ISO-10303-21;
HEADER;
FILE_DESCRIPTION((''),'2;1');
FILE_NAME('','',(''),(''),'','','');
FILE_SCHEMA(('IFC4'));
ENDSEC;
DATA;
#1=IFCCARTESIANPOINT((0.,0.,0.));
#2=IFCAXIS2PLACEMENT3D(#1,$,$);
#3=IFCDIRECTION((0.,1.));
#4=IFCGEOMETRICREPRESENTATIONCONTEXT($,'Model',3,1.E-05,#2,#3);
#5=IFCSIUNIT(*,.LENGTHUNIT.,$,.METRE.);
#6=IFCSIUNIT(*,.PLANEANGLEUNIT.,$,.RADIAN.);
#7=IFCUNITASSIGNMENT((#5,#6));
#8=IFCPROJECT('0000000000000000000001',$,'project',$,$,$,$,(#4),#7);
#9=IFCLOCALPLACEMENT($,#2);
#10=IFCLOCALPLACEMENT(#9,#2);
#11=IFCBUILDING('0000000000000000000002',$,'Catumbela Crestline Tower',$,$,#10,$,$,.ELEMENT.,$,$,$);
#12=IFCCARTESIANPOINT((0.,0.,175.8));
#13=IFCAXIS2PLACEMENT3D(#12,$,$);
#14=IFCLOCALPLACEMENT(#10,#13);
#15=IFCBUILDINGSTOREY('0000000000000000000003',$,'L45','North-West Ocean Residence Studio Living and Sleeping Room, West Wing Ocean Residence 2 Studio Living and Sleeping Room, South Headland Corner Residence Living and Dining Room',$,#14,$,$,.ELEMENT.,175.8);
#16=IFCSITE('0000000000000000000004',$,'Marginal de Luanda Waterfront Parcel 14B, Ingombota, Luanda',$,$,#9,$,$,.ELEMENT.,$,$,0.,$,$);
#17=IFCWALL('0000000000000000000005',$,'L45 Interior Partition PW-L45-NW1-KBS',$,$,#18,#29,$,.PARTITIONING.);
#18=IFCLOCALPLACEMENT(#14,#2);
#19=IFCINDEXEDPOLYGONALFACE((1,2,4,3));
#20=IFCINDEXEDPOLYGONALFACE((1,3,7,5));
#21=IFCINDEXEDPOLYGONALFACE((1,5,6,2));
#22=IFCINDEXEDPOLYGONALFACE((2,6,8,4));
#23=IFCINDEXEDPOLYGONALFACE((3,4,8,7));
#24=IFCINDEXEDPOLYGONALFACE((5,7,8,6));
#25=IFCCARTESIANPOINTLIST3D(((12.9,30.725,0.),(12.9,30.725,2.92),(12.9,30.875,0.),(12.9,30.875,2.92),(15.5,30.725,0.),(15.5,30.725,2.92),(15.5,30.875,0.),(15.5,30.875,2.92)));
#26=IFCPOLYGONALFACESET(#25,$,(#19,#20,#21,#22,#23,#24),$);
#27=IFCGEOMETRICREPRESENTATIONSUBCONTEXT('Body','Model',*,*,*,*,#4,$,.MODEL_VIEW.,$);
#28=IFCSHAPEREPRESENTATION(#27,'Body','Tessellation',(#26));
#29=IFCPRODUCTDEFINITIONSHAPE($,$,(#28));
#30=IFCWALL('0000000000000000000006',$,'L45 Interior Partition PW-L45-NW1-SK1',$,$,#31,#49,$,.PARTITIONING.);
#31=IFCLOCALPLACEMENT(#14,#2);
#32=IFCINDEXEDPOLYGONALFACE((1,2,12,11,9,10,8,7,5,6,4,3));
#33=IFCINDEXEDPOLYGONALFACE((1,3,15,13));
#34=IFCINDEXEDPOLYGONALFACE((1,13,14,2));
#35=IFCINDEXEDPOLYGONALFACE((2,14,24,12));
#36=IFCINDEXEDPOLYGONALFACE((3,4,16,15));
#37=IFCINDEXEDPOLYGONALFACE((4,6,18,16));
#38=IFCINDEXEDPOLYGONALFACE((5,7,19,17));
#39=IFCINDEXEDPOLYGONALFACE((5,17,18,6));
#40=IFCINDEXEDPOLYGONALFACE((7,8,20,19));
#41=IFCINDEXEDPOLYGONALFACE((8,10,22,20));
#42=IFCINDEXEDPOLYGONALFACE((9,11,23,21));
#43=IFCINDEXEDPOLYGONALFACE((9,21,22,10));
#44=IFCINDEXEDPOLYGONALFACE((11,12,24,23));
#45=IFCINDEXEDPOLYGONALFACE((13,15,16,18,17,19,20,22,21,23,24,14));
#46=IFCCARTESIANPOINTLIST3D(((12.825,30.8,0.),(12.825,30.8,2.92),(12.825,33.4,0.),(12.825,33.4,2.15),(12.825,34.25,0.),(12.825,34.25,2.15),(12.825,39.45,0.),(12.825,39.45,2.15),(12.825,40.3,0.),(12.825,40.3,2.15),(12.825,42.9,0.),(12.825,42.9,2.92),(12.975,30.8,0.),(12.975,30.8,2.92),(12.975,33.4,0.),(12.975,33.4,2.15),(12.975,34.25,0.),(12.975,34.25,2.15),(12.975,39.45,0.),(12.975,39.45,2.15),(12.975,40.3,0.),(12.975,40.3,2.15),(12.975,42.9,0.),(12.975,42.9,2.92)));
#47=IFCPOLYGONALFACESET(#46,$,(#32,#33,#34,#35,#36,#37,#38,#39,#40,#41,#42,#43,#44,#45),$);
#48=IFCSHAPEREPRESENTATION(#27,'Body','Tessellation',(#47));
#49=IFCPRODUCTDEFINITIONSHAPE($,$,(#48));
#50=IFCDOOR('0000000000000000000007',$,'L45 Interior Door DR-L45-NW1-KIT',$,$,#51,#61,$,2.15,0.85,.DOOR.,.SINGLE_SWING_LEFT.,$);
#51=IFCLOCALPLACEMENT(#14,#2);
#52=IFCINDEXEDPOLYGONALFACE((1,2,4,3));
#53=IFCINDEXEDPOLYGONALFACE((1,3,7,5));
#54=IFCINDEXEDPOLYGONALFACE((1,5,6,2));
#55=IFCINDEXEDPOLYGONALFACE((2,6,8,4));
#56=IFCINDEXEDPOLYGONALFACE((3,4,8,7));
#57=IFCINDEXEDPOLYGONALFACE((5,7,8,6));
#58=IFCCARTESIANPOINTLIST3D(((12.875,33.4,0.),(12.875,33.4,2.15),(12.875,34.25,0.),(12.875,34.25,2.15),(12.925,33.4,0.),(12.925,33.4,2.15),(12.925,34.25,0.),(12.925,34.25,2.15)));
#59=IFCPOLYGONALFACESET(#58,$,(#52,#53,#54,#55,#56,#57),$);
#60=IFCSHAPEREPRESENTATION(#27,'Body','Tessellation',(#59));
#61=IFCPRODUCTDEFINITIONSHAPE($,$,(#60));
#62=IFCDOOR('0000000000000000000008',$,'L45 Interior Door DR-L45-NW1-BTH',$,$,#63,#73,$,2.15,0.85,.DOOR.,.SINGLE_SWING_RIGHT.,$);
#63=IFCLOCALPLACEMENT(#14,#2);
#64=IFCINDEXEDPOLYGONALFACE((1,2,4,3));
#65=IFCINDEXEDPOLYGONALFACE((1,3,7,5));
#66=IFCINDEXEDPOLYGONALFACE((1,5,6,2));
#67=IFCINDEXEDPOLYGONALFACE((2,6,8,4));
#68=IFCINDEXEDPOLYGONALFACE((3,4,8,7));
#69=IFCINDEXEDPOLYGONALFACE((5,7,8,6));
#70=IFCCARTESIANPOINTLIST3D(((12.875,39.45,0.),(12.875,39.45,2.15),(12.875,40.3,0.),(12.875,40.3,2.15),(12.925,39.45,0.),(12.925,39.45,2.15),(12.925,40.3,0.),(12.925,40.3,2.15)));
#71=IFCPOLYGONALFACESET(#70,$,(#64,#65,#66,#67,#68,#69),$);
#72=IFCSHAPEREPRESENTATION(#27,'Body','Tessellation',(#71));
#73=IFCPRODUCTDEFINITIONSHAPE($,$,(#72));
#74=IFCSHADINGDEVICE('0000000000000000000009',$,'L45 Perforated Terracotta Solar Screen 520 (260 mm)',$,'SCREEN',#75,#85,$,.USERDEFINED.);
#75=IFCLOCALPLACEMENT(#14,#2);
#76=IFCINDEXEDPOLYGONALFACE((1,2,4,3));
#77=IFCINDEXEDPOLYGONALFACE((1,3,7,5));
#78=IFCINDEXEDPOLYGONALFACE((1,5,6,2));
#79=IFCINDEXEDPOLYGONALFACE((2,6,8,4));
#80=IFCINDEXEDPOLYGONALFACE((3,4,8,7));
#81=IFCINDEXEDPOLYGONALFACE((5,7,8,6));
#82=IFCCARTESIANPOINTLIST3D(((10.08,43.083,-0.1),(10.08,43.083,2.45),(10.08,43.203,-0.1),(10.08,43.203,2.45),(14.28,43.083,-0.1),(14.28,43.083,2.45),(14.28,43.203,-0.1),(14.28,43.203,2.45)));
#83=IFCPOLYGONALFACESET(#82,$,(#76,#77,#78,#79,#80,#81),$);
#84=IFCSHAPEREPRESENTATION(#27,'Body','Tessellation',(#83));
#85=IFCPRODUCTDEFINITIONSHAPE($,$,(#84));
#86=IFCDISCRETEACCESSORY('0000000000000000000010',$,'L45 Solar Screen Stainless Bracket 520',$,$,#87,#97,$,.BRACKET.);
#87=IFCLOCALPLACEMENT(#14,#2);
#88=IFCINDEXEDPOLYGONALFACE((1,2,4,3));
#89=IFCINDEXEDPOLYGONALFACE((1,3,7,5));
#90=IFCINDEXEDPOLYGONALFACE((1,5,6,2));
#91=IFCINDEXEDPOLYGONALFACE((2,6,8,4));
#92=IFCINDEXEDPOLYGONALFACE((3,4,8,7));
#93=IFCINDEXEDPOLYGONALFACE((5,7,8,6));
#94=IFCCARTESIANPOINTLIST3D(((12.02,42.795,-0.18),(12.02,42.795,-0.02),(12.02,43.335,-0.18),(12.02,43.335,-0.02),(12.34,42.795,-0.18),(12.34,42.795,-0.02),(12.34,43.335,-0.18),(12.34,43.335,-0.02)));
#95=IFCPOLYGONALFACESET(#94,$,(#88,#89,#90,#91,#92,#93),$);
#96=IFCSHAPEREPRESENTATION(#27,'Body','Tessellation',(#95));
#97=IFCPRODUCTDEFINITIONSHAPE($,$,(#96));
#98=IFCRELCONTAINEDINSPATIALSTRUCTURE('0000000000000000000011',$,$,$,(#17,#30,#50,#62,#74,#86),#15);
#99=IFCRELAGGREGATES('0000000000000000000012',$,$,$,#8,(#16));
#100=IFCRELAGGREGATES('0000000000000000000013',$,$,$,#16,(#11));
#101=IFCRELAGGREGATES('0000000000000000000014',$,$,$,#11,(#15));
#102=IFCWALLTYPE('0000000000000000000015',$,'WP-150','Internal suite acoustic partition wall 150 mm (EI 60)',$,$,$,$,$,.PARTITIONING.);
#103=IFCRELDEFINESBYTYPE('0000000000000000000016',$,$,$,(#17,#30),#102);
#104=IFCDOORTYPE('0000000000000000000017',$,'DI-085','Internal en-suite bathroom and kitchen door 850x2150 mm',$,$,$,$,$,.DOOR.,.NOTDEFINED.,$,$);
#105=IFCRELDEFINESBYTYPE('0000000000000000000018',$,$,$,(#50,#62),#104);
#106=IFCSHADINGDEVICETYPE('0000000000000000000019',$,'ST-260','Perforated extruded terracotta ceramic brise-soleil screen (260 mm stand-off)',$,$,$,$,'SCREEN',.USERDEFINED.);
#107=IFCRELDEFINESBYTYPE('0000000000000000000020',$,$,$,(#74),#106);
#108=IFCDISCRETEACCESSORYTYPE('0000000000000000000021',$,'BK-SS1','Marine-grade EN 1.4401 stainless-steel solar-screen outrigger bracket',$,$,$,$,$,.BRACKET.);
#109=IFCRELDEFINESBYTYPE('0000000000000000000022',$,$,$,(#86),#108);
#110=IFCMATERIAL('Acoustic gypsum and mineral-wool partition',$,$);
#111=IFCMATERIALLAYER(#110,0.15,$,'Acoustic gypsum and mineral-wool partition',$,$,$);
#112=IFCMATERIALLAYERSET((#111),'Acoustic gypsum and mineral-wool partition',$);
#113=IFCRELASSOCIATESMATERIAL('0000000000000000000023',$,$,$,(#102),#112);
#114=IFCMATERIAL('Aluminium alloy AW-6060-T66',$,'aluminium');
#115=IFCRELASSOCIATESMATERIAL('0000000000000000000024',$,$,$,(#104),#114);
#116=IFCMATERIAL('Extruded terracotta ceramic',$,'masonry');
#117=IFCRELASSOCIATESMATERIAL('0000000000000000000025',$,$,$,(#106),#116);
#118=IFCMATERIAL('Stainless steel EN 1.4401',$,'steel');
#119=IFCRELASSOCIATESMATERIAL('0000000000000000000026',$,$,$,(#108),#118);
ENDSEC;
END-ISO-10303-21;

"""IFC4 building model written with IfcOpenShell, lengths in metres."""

from ifc_helpers import new_model, si_unit, direction, frame, frame_2d, origin, origin_2d, place, context, subcontext, project, spatial, rectangle, extrude, material, layer, layer_set, type_object, element, fill, save


model = new_model("IFC4")

# Units and contexts
model_context = context("Model", 3, precision=1e-05, world=origin(), true_north=direction((0.0, 1.0)))
body_context = subcontext(model_context, "Body", "Model", "MODEL_VIEW")
ifc_project = project(units=[si_unit("LENGTHUNIT", "METRE"), si_unit("PLANEANGLEUNIT", "RADIAN")], contexts=[model_context])

# Site, building, storey
site_placement = place(None, origin())
site = spatial("IfcSite", under=ifc_project, at=site_placement, Name="Marginal de Luanda Waterfront Parcel 14B, Ingombota, Luanda", CompositionType="ELEMENT", RefElevation=0.0)
building_placement = place(site_placement, origin())
building = spatial("IfcBuilding", under=site, at=building_placement, Name="Catumbela Crestline Tower", CompositionType="ELEMENT")
storey_placement = place(building_placement, frame((0.0, 0.0, 175.8)))
storey = spatial("IfcBuildingStorey", under=building, at=storey_placement, Name="L45", Description="North-West Ocean Residence Studio Living and Sleeping Room, West Wing Ocean Residence 2 Studio Living and Sleeping Room, South Headland Corner Residence Living and Dining Room", CompositionType="ELEMENT", Elevation=175.8)

# Shared definitions
ifc_material_1 = material(Name="Aluminium alloy AW-6060-T66", Category="aluminium")

# Wall
ifc_material_2 = material(Name="Acoustic gypsum and mineral-wool partition")
ifc_layer_1 = layer(ifc_material_2, 0.15, Name="Acoustic gypsum and mineral-wool partition")
ifc_layer_set_1 = layer_set([ifc_layer_1], Name="Acoustic gypsum and mineral-wool partition")
wall_type_1 = type_object("IfcWallType", Name="WP-150", Description="Internal suite acoustic partition wall 150 mm (EI 60)", PredefinedType="PARTITIONING", material=ifc_layer_set_1)
wall_1_placement = place(storey_placement, frame((12.9, 30.8, 0.0), z_axis=(0.0, 0.0, 1.0), x_axis=(1.0, 0.0, 0.0)))
element("IfcWall", 1, at=wall_1_placement, inside=storey, type_object=wall_type_1, Name="L45 Interior Partition PW-L45-NW1-KBS", PredefinedType="PARTITIONING", context=body_context, shape_type="SweptSolid", body=[
    extrude(rectangle(XDim=2.6, YDim=0.15, at=frame_2d((1.3, 0.0))), origin(), (0.0, 0.0, 1.0), 2.92),
])

# Wall, openings, doors
wall_2_placement = place(storey_placement, frame((12.9, 30.8, 0.0), z_axis=(0.0, 0.0, 1.0), x_axis=(0.0, 1.0, 0.0)))
wall_2 = element("IfcWall", 2, at=wall_2_placement, inside=storey, type_object=wall_type_1, Name="L45 Interior Partition PW-L45-NW1-SK1", PredefinedType="PARTITIONING", context=body_context, shape_type="SweptSolid", body=[
    extrude(rectangle(XDim=12.1, YDim=0.15, at=frame_2d((6.05, 0.0))), origin(), (0.0, 0.0, 1.0), 2.92),
])
opening_1_placement = place(wall_2_placement, frame((2.6, 0.0, 0.0)))
opening_1 = element("IfcOpeningElement", 3, at=opening_1_placement, cuts=wall_2, PredefinedType="OPENING", context=body_context, shape_type="SweptSolid", body=[
    extrude(rectangle(XDim=0.85, YDim=2.15, at=frame_2d((0.425, 1.075))), frame((0.0, 0.085, 0.0), z_axis=(0.0, -1.0, 0.0), x_axis=(1.0, 0.0, 0.0)), (0.0, 0.0, 1.0), 0.17),
])
opening_2_placement = place(wall_2_placement, frame((8.65, 0.0, 0.0)))
opening_2 = element("IfcOpeningElement", 4, at=opening_2_placement, cuts=wall_2, PredefinedType="OPENING", context=body_context, shape_type="SweptSolid", body=[
    extrude(rectangle(XDim=0.85, YDim=2.15, at=frame_2d((0.425, 1.075))), frame((0.0, 0.085, 0.0), z_axis=(0.0, -1.0, 0.0), x_axis=(1.0, 0.0, 0.0)), (0.0, 0.0, 1.0), 0.17),
])
door_type_1 = type_object("IfcDoorType", Name="DI-085", Description="Internal en-suite bathroom and kitchen door 850x2150 mm", OperationType="NOTDEFINED", PredefinedType="DOOR", material=ifc_material_1)
door_1_placement = place(opening_1_placement, origin())
door_1 = element("IfcDoor", 5, at=door_1_placement, inside=storey, type_object=door_type_1, Name="L45 Interior Door DR-L45-NW1-KIT", OperationType="SINGLE_SWING_LEFT", OverallHeight=2.15, OverallWidth=0.85, PredefinedType="DOOR", context=body_context, shape_type="SweptSolid", body=[
    extrude(rectangle(XDim=0.85, YDim=2.15, at=frame_2d((0.425, 1.075))), frame((0.0, 0.025, 0.0), z_axis=(0.0, -1.0, 0.0), x_axis=(1.0, 0.0, 0.0)), (0.0, 0.0, 1.0), 0.05),
])
fill(opening_1, door_1)
door_2_placement = place(opening_2_placement, origin())
door_2 = element("IfcDoor", 6, at=door_2_placement, inside=storey, type_object=door_type_1, Name="L45 Interior Door DR-L45-NW1-BTH", OperationType="SINGLE_SWING_RIGHT", OverallHeight=2.15, OverallWidth=0.85, PredefinedType="DOOR", context=body_context, shape_type="SweptSolid", body=[
    extrude(rectangle(XDim=0.85, YDim=2.15, at=frame_2d((0.425, 1.075))), frame((0.0, 0.025, 0.0), z_axis=(0.0, -1.0, 0.0), x_axis=(1.0, 0.0, 0.0)), (0.0, 0.0, 1.0), 0.05),
])
fill(opening_2, door_2)

# Shared definitions
ifc_material_3 = material(Name="Stainless steel EN 1.4401", Category="steel")

# Shading device
ifc_material_4 = material(Name="Extruded terracotta ceramic", Category="masonry")
shading_device_type = type_object("IfcShadingDeviceType", Name="ST-260", Description="Perforated extruded terracotta ceramic brise-soleil screen (260 mm stand-off)", ElementType="SCREEN", PredefinedType="USERDEFINED", material=ifc_material_4)
shading_device_placement = place(storey_placement, frame((12.18, 43.143, -0.1), z_axis=(0.0, 0.0, 1.0), x_axis=(-1.0, 0.0, 0.0)))
element("IfcShadingDevice", 7, at=shading_device_placement, inside=storey, type_object=shading_device_type, Name="L45 Perforated Terracotta Solar Screen 520 (260 mm)", ObjectType="SCREEN", PredefinedType="USERDEFINED", context=body_context, shape_type="SweptSolid", body=[
    extrude(rectangle(XDim=4.2, YDim=0.12, at=origin_2d()), origin(), (0.0, 0.0, 1.0), 2.55),
])

# Discrete accessory
discrete_accessory_type = type_object("IfcDiscreteAccessoryType", Name="BK-SS1", Description="Marine-grade EN 1.4401 stainless-steel solar-screen outrigger bracket", PredefinedType="BRACKET", material=ifc_material_3)
discrete_accessory_placement = place(storey_placement, frame((12.18, 43.065, -0.18), z_axis=(0.0, 0.0, 1.0), x_axis=(-1.0, 0.0, 0.0)))
element("IfcDiscreteAccessory", 8, at=discrete_accessory_placement, inside=storey, type_object=discrete_accessory_type, Name="L45 Solar Screen Stainless Bracket 520", PredefinedType="BRACKET", context=body_context, shape_type="SweptSolid", body=[
    extrude(rectangle(XDim=0.32, YDim=0.54, at=origin_2d()), origin(), (0.0, 0.0, 1.0), 0.16),
])

save(model, "model.ifc")
